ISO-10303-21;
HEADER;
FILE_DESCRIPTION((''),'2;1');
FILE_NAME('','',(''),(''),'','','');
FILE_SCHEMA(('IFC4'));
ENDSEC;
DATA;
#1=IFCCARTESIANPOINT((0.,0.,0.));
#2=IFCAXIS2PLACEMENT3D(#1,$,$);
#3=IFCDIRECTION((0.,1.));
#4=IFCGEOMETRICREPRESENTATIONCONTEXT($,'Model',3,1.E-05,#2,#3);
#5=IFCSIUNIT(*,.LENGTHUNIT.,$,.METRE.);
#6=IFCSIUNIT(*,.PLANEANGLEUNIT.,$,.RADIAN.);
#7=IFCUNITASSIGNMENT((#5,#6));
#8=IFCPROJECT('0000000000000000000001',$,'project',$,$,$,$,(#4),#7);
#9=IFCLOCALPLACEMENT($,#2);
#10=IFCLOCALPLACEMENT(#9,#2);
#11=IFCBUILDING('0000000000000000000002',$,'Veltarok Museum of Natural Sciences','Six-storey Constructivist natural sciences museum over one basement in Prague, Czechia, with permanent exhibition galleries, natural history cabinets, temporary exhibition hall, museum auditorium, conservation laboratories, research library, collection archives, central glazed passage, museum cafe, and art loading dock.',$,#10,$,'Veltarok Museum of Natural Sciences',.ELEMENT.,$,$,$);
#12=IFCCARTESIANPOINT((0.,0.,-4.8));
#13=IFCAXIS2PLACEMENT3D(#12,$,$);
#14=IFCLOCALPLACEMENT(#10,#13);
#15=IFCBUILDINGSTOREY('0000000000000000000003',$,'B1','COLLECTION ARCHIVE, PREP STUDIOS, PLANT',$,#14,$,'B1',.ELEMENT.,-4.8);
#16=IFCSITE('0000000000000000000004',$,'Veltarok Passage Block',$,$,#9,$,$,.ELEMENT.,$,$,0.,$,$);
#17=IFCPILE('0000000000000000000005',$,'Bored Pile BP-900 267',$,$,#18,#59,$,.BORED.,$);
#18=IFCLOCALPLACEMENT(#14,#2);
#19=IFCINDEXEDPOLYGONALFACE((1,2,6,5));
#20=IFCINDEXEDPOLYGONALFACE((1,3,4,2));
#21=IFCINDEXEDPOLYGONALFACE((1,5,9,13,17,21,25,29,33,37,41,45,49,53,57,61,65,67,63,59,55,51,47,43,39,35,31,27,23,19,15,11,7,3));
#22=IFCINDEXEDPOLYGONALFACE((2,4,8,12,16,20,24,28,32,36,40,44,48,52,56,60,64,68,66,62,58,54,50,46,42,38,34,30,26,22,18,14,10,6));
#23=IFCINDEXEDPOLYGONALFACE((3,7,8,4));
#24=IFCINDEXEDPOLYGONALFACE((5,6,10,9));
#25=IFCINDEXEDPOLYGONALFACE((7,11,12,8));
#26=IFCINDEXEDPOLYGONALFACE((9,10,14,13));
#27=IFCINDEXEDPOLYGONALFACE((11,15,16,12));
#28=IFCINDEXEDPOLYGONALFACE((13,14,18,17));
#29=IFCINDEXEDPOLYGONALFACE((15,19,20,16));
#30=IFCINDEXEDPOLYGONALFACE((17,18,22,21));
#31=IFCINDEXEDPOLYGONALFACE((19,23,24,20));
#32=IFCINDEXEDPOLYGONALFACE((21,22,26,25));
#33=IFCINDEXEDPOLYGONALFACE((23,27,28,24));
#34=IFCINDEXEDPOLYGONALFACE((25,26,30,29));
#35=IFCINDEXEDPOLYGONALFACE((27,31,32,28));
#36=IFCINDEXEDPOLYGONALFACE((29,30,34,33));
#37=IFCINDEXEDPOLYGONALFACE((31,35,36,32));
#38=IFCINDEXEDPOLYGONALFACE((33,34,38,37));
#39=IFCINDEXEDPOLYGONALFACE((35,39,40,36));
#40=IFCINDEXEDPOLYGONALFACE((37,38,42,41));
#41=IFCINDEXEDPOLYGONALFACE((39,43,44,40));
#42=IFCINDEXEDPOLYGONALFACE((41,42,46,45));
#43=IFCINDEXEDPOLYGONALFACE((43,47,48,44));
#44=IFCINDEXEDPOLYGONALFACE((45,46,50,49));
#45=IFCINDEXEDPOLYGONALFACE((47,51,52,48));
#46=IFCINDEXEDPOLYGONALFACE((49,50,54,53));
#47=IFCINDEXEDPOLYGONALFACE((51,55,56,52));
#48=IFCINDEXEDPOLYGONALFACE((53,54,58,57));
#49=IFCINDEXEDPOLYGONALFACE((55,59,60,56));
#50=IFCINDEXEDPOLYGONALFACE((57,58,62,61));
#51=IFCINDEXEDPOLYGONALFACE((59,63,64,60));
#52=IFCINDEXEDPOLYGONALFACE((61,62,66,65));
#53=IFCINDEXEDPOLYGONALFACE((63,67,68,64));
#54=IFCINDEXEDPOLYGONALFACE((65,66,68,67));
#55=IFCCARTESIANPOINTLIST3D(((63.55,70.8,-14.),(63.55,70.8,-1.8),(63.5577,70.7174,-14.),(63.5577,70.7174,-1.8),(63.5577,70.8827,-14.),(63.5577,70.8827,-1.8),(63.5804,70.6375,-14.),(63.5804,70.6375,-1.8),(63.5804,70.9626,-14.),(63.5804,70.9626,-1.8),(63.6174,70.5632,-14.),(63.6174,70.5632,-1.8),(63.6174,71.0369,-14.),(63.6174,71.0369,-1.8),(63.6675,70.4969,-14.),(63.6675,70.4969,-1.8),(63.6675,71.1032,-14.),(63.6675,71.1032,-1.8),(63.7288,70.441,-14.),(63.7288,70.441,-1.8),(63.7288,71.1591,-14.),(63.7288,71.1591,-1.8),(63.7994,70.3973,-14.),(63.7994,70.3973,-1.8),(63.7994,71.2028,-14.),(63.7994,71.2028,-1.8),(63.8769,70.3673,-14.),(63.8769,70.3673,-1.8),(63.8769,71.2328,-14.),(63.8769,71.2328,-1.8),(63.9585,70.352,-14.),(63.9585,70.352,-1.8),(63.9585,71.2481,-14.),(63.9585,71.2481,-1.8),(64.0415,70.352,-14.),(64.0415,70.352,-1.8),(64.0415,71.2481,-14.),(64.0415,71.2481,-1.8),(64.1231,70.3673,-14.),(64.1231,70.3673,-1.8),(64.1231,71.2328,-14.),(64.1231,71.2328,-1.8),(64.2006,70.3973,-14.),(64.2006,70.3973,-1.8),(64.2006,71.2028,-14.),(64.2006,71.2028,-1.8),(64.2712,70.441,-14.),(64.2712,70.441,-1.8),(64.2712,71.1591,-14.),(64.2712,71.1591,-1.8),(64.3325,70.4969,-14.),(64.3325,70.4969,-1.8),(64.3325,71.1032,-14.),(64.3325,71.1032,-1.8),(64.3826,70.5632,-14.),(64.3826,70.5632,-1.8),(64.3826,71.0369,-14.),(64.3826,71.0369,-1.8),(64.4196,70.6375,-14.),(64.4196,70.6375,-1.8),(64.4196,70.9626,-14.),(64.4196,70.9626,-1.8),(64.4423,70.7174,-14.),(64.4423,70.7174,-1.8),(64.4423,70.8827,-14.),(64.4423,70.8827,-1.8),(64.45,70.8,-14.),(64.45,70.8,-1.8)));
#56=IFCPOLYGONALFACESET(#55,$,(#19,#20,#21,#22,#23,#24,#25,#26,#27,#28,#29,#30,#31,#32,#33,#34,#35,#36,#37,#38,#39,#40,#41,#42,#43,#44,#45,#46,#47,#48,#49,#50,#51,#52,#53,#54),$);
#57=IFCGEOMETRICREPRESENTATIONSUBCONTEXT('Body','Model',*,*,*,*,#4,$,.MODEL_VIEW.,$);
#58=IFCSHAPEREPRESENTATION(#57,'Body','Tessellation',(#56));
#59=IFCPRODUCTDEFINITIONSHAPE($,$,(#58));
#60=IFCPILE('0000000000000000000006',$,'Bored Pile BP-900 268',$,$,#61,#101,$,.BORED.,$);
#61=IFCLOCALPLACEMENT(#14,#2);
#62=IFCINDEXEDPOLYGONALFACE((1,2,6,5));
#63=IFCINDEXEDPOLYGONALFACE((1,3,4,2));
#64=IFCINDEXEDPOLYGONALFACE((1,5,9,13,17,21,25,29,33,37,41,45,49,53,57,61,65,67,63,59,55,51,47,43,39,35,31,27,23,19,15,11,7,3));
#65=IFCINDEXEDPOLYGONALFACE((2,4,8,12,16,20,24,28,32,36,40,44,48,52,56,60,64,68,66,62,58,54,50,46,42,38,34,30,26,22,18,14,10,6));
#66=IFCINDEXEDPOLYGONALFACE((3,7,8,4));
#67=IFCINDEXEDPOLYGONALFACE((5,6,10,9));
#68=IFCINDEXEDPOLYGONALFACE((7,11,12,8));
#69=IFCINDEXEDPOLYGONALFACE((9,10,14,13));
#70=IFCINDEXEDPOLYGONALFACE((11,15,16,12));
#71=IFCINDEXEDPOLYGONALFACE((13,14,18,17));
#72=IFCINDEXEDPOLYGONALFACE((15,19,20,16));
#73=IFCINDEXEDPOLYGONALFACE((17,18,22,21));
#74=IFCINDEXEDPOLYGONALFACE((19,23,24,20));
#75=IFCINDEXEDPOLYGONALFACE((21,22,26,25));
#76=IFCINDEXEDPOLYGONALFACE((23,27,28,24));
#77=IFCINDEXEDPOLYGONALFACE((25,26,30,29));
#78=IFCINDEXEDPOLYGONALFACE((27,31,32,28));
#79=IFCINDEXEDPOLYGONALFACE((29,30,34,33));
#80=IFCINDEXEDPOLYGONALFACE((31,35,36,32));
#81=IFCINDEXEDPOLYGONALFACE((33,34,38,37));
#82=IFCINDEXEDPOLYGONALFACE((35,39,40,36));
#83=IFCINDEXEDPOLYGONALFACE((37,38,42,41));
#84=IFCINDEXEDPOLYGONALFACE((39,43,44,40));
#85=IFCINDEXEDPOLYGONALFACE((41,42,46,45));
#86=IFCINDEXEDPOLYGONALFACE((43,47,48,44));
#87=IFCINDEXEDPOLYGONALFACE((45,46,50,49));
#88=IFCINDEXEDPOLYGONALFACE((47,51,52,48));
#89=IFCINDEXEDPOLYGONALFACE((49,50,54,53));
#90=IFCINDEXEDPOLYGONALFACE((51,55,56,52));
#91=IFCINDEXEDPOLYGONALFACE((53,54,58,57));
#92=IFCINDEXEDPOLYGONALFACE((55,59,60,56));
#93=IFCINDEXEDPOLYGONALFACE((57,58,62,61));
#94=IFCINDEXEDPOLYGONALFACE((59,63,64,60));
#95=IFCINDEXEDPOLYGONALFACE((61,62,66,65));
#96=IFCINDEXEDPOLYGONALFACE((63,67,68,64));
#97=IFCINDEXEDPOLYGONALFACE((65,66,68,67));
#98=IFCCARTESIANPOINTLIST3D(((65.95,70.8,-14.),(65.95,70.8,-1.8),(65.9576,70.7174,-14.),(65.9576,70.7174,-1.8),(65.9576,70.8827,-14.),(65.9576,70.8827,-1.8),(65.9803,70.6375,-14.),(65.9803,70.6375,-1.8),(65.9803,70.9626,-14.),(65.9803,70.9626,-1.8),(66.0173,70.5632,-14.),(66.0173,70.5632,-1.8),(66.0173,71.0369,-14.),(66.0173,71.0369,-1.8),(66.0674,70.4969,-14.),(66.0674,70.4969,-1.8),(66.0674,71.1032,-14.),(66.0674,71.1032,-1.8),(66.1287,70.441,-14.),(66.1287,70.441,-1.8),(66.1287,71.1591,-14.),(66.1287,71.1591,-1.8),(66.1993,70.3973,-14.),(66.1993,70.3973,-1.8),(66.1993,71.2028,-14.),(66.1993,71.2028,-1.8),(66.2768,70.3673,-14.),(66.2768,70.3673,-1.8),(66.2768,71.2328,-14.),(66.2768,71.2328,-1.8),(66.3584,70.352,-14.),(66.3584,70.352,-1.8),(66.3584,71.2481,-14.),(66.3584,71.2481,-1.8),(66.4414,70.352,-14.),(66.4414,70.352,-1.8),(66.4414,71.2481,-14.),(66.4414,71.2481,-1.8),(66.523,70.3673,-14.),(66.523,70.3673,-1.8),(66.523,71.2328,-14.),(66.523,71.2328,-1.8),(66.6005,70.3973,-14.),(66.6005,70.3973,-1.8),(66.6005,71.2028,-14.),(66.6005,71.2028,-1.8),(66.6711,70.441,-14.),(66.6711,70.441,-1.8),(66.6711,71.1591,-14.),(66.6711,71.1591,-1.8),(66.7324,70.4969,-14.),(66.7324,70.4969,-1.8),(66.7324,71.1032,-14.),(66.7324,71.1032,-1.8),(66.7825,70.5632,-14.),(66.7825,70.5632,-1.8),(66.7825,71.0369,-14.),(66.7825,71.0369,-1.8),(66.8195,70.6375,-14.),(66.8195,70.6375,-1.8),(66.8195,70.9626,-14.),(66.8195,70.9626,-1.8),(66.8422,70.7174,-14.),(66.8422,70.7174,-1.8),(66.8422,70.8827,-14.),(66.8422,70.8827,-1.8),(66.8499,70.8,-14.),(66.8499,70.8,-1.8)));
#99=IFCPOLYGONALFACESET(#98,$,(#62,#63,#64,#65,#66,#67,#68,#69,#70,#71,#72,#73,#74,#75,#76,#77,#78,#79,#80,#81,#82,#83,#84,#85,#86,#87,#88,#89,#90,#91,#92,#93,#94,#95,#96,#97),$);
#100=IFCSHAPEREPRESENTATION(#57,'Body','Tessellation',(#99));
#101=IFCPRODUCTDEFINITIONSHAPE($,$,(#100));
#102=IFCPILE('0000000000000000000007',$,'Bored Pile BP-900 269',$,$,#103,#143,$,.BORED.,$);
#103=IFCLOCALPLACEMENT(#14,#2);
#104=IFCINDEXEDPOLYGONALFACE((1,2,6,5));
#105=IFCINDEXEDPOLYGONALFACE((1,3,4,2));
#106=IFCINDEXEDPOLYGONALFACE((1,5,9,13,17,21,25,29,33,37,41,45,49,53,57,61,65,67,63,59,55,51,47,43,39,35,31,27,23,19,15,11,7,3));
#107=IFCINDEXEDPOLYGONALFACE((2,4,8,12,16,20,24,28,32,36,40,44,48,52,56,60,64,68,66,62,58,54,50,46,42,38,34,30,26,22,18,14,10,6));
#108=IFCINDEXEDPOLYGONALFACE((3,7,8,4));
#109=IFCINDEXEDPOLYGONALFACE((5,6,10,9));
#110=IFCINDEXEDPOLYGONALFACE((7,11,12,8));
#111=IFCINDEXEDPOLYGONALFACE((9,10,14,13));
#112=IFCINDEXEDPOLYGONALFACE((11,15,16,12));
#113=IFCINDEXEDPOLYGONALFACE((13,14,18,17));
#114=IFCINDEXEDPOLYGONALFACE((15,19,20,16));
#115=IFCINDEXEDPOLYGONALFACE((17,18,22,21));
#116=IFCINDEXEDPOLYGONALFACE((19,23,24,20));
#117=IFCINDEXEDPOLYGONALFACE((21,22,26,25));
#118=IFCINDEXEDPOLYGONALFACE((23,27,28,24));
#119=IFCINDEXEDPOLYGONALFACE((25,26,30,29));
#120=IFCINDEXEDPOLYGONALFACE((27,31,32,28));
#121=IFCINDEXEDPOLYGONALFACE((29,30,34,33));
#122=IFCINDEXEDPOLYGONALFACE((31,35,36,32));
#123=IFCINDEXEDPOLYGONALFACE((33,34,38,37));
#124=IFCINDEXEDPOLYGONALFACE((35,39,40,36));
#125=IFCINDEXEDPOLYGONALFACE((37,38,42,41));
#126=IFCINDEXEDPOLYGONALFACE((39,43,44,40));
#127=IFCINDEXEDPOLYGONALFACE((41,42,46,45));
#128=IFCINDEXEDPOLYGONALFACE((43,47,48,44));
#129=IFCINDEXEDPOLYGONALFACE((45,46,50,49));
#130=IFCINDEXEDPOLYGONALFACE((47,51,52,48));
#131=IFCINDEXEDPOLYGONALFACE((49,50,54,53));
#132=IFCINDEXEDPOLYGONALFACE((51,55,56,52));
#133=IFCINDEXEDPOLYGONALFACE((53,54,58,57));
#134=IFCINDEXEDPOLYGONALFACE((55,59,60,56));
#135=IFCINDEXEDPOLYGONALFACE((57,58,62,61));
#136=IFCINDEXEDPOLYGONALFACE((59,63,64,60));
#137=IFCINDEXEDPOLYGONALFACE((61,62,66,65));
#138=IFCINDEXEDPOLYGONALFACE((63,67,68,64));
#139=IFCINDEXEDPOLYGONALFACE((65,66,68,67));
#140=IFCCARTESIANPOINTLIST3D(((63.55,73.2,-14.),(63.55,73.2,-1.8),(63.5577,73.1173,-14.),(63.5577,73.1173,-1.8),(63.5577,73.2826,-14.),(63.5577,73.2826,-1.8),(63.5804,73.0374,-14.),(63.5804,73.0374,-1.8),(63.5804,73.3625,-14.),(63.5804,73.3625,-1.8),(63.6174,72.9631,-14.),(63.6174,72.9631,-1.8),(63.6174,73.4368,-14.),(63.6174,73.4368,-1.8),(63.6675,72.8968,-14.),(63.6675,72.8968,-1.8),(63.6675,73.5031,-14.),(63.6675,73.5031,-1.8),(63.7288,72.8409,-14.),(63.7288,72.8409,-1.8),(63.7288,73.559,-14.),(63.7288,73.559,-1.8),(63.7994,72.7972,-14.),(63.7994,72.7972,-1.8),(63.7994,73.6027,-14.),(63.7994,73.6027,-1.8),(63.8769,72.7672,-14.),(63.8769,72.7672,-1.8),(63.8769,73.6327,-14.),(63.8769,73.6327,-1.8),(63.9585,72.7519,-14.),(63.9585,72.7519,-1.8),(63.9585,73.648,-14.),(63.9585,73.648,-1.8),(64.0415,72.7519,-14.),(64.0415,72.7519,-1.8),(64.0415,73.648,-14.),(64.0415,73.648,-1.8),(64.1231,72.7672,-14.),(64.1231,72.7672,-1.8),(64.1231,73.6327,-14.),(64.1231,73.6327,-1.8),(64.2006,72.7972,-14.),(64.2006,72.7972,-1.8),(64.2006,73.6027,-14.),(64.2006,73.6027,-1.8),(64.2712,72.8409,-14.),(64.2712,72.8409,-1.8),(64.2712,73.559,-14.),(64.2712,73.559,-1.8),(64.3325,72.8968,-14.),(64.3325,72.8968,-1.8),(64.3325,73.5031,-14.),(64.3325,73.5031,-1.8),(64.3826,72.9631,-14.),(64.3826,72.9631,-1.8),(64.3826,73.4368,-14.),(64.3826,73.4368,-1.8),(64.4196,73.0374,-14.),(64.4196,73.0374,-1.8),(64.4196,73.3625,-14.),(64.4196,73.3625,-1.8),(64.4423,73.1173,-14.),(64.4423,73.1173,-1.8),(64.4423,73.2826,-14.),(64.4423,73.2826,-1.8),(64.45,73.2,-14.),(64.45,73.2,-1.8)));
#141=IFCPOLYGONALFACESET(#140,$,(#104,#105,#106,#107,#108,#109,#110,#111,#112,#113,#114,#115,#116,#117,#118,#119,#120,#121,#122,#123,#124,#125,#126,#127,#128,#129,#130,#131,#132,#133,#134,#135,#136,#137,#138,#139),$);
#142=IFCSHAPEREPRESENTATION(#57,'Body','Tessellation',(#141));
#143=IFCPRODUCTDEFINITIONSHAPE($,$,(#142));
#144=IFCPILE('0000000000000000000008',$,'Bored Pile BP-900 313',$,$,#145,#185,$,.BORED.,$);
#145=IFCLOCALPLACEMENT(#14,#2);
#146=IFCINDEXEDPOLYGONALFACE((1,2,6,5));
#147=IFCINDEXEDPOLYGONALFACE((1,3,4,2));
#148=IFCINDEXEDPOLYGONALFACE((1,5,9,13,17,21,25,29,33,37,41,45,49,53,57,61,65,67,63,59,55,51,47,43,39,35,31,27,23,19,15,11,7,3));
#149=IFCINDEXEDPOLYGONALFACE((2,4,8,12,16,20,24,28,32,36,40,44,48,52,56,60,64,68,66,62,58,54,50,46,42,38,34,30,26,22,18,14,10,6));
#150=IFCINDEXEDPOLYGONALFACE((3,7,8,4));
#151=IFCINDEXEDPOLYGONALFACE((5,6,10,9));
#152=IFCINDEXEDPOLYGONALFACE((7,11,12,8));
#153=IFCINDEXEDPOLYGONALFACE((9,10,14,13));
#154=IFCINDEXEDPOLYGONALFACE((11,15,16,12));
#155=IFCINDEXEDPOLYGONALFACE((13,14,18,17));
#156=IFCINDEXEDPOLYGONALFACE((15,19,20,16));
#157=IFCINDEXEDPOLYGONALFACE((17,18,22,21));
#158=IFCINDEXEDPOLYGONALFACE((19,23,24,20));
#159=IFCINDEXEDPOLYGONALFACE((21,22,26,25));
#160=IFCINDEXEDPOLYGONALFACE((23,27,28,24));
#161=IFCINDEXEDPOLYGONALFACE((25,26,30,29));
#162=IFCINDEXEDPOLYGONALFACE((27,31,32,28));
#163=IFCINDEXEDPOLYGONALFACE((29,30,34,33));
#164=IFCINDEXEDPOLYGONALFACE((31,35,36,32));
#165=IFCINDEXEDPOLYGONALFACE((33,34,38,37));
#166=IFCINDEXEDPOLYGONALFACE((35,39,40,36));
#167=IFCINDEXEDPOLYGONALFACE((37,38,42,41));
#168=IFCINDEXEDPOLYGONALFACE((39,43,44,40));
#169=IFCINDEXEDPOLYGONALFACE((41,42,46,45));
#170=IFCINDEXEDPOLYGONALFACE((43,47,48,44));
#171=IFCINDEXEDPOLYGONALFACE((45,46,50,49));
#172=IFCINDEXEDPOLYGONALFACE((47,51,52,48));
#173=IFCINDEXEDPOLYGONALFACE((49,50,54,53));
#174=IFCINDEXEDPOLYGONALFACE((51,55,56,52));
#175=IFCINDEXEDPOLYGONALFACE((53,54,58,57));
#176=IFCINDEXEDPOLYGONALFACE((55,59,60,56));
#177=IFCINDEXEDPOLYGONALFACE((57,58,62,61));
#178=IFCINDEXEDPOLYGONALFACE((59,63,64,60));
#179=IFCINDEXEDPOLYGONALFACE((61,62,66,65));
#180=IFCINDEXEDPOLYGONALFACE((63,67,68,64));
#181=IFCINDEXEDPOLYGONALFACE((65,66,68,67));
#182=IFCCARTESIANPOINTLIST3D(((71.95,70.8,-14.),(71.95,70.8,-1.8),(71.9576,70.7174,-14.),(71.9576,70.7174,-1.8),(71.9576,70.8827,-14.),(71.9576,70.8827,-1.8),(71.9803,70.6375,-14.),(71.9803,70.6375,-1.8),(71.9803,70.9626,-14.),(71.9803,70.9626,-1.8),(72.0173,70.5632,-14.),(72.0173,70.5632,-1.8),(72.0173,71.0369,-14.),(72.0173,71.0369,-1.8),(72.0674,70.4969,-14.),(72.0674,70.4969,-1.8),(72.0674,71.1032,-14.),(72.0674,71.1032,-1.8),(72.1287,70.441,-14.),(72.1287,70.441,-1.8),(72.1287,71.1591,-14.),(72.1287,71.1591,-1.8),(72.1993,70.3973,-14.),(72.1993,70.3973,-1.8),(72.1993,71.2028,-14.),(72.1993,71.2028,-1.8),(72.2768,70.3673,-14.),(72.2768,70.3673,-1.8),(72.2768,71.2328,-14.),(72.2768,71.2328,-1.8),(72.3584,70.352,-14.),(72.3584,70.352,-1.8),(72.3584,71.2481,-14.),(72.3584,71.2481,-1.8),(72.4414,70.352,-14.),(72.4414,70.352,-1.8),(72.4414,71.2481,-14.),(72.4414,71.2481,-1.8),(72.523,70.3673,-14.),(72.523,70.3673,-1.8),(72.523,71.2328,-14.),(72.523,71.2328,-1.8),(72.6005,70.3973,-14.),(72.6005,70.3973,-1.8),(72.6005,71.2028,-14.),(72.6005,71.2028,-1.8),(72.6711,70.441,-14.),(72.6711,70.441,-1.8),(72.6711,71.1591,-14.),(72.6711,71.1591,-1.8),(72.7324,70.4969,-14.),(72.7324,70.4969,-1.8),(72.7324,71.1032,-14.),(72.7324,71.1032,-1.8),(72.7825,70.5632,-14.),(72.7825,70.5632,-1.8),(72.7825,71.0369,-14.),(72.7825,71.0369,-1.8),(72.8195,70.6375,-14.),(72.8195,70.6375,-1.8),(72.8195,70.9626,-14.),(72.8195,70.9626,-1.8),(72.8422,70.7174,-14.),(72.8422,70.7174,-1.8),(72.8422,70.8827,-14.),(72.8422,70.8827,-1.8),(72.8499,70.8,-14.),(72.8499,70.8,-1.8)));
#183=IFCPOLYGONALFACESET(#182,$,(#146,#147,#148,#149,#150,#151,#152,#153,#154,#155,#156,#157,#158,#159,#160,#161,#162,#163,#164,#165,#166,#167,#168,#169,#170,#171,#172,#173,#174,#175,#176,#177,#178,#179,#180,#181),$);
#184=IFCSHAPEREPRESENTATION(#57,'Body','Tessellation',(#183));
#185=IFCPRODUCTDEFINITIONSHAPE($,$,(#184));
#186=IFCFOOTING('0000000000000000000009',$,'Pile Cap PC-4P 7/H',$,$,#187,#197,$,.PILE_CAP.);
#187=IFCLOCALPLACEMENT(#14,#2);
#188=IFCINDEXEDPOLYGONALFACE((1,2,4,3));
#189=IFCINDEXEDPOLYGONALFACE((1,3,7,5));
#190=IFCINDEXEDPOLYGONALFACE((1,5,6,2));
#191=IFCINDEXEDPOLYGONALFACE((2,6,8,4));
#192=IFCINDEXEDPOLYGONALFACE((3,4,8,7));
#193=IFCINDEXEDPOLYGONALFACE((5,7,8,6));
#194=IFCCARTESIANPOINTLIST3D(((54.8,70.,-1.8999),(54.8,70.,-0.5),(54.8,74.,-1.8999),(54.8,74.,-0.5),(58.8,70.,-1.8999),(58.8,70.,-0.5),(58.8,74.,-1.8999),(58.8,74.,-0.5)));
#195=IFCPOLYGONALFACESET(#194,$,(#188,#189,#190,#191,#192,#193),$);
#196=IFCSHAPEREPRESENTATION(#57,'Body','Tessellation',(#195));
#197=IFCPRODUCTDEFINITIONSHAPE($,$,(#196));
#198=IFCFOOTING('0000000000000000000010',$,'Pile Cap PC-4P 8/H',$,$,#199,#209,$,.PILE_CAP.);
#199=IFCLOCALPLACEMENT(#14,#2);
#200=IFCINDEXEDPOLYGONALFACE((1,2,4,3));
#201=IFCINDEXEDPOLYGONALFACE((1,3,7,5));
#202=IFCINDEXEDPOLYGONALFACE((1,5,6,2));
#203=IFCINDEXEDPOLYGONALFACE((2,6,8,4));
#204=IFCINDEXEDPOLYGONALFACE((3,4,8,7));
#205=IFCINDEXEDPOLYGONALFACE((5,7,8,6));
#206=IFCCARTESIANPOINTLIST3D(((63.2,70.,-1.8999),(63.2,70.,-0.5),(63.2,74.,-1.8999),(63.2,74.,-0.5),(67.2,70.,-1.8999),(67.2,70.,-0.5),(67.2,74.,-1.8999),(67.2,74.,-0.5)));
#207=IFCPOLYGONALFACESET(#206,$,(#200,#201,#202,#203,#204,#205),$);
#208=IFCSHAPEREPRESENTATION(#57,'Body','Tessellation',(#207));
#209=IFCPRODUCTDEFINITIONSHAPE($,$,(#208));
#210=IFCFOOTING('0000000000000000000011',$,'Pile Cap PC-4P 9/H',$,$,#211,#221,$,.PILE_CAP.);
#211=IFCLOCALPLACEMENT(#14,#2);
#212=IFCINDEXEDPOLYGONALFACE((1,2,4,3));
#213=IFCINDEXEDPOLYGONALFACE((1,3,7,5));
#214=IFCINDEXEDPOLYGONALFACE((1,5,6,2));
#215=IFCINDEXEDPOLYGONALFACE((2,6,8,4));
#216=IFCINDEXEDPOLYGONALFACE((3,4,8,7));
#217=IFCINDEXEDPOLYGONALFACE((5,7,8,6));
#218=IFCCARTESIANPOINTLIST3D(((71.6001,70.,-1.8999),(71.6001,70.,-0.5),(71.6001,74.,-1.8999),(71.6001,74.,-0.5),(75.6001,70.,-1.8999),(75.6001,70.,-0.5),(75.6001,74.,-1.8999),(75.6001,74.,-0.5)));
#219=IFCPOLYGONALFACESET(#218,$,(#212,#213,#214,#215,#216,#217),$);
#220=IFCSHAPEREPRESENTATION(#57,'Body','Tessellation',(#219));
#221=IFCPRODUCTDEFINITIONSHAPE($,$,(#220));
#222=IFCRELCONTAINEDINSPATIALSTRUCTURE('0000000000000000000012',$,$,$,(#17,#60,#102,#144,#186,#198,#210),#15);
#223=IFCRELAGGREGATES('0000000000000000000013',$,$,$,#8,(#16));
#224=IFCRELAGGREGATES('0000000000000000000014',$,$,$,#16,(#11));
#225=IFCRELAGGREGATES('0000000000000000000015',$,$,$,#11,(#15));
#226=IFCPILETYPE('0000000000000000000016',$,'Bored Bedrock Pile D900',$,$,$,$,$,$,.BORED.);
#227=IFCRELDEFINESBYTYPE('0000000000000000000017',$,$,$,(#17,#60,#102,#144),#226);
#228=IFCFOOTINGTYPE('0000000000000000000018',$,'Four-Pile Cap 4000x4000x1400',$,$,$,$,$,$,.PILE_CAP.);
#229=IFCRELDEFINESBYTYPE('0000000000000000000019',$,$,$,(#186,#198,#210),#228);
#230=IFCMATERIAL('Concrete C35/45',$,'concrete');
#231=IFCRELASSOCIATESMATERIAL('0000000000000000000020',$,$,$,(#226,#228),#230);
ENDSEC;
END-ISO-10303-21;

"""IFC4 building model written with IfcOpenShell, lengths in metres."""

from ifc_helpers import new_model, si_unit, direction, frame, origin, origin_2d, place, context, subcontext, project, spatial, rectangle, circle, extrude, material, material_profile, profile_set, type_object, element, save


model = new_model("IFC4")

# Units and contexts
model_context = context("Model", 3, precision=1e-05, world=origin(), true_north=direction((0.0, 1.0)))
body_context = subcontext(model_context, "Body", "Model", "MODEL_VIEW")
ifc_project = project(units=[si_unit("LENGTHUNIT", "METRE"), si_unit("PLANEANGLEUNIT", "RADIAN")], contexts=[model_context])

# Site, building, storey
site_placement = place(None, origin())
site = spatial("IfcSite", under=ifc_project, at=site_placement, Name="Veltarok Passage Block", CompositionType="ELEMENT", RefElevation=0.0)
building_placement = place(site_placement, origin())
building = spatial("IfcBuilding", under=site, at=building_placement, Name="Veltarok Museum of Natural Sciences", Description="Six-storey Constructivist natural sciences museum over one basement in Prague, Czechia, with permanent exhibition galleries, natural history cabinets, temporary exhibition hall, museum auditorium, conservation laboratories, research library, collection archives, central glazed passage, museum cafe, and art loading dock.", LongName="Veltarok Museum of Natural Sciences", CompositionType="ELEMENT")
storey_placement = place(building_placement, frame((0.0, 0.0, -4.8)))
storey = spatial("IfcBuildingStorey", under=building, at=storey_placement, Name="B1", Description="COLLECTION ARCHIVE, PREP STUDIOS, PLANT", LongName="B1", CompositionType="ELEMENT", Elevation=-4.8)

# Piles
ifc_material_1 = material(Name="Concrete C35/45", Category="concrete")
ifc_material_profile_1 = material_profile(ifc_material_1, circle(Radius=0.45, at=origin_2d()), Name="BP D900")
ifc_profile_set_1 = profile_set([ifc_material_profile_1], Name="Concrete C35/45")
pile_type = type_object("IfcPileType", Name="Bored Bedrock Pile D900", PredefinedType="BORED", material=ifc_profile_set_1)
for number, where, z_axis, x_axis, name in (
    (1, (64.0, 70.8, -1.8), (0.0, 0.0, -1.0), (1.0, 0.0, 0.0), "Bored Pile BP-900 267"),
    (2, (66.3999, 70.8, -1.8), (0.0, 0.0, -1.0), (1.0, 0.0, 0.0), "Bored Pile BP-900 268"),
    (3, (64.0, 73.2, -1.8), (0.0, 0.0, -1.0), (1.0, 0.0, 0.0), "Bored Pile BP-900 269"),
    (4, (72.3999, 70.8, -1.8), (0.0, 0.0, -1.0), (1.0, 0.0, 0.0), "Bored Pile BP-900 313"),
):
    element("IfcPile", number, at=place(storey_placement, frame(where, z_axis=z_axis, x_axis=x_axis)), inside=storey, type_object=pile_type, Name=name, PredefinedType="BORED", context=body_context, shape_type="SweptSolid", body=[
        extrude(circle(Radius=0.45, at=origin_2d()), origin(), (0.0, 0.0, 1.0), 12.2),
    ])

# Footings
footing_type_1 = type_object("IfcFootingType", Name="Four-Pile Cap 4000x4000x1400", PredefinedType="PILE_CAP", material=ifc_material_1)
for number, where, z_axis, x_axis, name in (
    (5, (56.8, 72.0, -1.8999), (0.0, 0.0, 1.0), (1.0, 0.0, 0.0), "Pile Cap PC-4P 7/H"),
    (6, (65.2, 72.0, -1.8999), (0.0, 0.0, 1.0), (1.0, 0.0, 0.0), "Pile Cap PC-4P 8/H"),
    (7, (73.6001, 72.0, -1.8999), (0.0, 0.0, 1.0), (1.0, 0.0, 0.0), "Pile Cap PC-4P 9/H"),
):
    element("IfcFooting", number, at=place(storey_placement, frame(where, z_axis=z_axis, x_axis=x_axis)), inside=storey, type_object=footing_type_1, Name=name, PredefinedType="PILE_CAP", context=body_context, shape_type="SweptSolid", body=[
        extrude(rectangle(XDim=4.0, YDim=4.0, at=origin_2d()), origin(), (0.0, 0.0, 1.0), 1.3999),
    ])

save(model, "model.ifc")
